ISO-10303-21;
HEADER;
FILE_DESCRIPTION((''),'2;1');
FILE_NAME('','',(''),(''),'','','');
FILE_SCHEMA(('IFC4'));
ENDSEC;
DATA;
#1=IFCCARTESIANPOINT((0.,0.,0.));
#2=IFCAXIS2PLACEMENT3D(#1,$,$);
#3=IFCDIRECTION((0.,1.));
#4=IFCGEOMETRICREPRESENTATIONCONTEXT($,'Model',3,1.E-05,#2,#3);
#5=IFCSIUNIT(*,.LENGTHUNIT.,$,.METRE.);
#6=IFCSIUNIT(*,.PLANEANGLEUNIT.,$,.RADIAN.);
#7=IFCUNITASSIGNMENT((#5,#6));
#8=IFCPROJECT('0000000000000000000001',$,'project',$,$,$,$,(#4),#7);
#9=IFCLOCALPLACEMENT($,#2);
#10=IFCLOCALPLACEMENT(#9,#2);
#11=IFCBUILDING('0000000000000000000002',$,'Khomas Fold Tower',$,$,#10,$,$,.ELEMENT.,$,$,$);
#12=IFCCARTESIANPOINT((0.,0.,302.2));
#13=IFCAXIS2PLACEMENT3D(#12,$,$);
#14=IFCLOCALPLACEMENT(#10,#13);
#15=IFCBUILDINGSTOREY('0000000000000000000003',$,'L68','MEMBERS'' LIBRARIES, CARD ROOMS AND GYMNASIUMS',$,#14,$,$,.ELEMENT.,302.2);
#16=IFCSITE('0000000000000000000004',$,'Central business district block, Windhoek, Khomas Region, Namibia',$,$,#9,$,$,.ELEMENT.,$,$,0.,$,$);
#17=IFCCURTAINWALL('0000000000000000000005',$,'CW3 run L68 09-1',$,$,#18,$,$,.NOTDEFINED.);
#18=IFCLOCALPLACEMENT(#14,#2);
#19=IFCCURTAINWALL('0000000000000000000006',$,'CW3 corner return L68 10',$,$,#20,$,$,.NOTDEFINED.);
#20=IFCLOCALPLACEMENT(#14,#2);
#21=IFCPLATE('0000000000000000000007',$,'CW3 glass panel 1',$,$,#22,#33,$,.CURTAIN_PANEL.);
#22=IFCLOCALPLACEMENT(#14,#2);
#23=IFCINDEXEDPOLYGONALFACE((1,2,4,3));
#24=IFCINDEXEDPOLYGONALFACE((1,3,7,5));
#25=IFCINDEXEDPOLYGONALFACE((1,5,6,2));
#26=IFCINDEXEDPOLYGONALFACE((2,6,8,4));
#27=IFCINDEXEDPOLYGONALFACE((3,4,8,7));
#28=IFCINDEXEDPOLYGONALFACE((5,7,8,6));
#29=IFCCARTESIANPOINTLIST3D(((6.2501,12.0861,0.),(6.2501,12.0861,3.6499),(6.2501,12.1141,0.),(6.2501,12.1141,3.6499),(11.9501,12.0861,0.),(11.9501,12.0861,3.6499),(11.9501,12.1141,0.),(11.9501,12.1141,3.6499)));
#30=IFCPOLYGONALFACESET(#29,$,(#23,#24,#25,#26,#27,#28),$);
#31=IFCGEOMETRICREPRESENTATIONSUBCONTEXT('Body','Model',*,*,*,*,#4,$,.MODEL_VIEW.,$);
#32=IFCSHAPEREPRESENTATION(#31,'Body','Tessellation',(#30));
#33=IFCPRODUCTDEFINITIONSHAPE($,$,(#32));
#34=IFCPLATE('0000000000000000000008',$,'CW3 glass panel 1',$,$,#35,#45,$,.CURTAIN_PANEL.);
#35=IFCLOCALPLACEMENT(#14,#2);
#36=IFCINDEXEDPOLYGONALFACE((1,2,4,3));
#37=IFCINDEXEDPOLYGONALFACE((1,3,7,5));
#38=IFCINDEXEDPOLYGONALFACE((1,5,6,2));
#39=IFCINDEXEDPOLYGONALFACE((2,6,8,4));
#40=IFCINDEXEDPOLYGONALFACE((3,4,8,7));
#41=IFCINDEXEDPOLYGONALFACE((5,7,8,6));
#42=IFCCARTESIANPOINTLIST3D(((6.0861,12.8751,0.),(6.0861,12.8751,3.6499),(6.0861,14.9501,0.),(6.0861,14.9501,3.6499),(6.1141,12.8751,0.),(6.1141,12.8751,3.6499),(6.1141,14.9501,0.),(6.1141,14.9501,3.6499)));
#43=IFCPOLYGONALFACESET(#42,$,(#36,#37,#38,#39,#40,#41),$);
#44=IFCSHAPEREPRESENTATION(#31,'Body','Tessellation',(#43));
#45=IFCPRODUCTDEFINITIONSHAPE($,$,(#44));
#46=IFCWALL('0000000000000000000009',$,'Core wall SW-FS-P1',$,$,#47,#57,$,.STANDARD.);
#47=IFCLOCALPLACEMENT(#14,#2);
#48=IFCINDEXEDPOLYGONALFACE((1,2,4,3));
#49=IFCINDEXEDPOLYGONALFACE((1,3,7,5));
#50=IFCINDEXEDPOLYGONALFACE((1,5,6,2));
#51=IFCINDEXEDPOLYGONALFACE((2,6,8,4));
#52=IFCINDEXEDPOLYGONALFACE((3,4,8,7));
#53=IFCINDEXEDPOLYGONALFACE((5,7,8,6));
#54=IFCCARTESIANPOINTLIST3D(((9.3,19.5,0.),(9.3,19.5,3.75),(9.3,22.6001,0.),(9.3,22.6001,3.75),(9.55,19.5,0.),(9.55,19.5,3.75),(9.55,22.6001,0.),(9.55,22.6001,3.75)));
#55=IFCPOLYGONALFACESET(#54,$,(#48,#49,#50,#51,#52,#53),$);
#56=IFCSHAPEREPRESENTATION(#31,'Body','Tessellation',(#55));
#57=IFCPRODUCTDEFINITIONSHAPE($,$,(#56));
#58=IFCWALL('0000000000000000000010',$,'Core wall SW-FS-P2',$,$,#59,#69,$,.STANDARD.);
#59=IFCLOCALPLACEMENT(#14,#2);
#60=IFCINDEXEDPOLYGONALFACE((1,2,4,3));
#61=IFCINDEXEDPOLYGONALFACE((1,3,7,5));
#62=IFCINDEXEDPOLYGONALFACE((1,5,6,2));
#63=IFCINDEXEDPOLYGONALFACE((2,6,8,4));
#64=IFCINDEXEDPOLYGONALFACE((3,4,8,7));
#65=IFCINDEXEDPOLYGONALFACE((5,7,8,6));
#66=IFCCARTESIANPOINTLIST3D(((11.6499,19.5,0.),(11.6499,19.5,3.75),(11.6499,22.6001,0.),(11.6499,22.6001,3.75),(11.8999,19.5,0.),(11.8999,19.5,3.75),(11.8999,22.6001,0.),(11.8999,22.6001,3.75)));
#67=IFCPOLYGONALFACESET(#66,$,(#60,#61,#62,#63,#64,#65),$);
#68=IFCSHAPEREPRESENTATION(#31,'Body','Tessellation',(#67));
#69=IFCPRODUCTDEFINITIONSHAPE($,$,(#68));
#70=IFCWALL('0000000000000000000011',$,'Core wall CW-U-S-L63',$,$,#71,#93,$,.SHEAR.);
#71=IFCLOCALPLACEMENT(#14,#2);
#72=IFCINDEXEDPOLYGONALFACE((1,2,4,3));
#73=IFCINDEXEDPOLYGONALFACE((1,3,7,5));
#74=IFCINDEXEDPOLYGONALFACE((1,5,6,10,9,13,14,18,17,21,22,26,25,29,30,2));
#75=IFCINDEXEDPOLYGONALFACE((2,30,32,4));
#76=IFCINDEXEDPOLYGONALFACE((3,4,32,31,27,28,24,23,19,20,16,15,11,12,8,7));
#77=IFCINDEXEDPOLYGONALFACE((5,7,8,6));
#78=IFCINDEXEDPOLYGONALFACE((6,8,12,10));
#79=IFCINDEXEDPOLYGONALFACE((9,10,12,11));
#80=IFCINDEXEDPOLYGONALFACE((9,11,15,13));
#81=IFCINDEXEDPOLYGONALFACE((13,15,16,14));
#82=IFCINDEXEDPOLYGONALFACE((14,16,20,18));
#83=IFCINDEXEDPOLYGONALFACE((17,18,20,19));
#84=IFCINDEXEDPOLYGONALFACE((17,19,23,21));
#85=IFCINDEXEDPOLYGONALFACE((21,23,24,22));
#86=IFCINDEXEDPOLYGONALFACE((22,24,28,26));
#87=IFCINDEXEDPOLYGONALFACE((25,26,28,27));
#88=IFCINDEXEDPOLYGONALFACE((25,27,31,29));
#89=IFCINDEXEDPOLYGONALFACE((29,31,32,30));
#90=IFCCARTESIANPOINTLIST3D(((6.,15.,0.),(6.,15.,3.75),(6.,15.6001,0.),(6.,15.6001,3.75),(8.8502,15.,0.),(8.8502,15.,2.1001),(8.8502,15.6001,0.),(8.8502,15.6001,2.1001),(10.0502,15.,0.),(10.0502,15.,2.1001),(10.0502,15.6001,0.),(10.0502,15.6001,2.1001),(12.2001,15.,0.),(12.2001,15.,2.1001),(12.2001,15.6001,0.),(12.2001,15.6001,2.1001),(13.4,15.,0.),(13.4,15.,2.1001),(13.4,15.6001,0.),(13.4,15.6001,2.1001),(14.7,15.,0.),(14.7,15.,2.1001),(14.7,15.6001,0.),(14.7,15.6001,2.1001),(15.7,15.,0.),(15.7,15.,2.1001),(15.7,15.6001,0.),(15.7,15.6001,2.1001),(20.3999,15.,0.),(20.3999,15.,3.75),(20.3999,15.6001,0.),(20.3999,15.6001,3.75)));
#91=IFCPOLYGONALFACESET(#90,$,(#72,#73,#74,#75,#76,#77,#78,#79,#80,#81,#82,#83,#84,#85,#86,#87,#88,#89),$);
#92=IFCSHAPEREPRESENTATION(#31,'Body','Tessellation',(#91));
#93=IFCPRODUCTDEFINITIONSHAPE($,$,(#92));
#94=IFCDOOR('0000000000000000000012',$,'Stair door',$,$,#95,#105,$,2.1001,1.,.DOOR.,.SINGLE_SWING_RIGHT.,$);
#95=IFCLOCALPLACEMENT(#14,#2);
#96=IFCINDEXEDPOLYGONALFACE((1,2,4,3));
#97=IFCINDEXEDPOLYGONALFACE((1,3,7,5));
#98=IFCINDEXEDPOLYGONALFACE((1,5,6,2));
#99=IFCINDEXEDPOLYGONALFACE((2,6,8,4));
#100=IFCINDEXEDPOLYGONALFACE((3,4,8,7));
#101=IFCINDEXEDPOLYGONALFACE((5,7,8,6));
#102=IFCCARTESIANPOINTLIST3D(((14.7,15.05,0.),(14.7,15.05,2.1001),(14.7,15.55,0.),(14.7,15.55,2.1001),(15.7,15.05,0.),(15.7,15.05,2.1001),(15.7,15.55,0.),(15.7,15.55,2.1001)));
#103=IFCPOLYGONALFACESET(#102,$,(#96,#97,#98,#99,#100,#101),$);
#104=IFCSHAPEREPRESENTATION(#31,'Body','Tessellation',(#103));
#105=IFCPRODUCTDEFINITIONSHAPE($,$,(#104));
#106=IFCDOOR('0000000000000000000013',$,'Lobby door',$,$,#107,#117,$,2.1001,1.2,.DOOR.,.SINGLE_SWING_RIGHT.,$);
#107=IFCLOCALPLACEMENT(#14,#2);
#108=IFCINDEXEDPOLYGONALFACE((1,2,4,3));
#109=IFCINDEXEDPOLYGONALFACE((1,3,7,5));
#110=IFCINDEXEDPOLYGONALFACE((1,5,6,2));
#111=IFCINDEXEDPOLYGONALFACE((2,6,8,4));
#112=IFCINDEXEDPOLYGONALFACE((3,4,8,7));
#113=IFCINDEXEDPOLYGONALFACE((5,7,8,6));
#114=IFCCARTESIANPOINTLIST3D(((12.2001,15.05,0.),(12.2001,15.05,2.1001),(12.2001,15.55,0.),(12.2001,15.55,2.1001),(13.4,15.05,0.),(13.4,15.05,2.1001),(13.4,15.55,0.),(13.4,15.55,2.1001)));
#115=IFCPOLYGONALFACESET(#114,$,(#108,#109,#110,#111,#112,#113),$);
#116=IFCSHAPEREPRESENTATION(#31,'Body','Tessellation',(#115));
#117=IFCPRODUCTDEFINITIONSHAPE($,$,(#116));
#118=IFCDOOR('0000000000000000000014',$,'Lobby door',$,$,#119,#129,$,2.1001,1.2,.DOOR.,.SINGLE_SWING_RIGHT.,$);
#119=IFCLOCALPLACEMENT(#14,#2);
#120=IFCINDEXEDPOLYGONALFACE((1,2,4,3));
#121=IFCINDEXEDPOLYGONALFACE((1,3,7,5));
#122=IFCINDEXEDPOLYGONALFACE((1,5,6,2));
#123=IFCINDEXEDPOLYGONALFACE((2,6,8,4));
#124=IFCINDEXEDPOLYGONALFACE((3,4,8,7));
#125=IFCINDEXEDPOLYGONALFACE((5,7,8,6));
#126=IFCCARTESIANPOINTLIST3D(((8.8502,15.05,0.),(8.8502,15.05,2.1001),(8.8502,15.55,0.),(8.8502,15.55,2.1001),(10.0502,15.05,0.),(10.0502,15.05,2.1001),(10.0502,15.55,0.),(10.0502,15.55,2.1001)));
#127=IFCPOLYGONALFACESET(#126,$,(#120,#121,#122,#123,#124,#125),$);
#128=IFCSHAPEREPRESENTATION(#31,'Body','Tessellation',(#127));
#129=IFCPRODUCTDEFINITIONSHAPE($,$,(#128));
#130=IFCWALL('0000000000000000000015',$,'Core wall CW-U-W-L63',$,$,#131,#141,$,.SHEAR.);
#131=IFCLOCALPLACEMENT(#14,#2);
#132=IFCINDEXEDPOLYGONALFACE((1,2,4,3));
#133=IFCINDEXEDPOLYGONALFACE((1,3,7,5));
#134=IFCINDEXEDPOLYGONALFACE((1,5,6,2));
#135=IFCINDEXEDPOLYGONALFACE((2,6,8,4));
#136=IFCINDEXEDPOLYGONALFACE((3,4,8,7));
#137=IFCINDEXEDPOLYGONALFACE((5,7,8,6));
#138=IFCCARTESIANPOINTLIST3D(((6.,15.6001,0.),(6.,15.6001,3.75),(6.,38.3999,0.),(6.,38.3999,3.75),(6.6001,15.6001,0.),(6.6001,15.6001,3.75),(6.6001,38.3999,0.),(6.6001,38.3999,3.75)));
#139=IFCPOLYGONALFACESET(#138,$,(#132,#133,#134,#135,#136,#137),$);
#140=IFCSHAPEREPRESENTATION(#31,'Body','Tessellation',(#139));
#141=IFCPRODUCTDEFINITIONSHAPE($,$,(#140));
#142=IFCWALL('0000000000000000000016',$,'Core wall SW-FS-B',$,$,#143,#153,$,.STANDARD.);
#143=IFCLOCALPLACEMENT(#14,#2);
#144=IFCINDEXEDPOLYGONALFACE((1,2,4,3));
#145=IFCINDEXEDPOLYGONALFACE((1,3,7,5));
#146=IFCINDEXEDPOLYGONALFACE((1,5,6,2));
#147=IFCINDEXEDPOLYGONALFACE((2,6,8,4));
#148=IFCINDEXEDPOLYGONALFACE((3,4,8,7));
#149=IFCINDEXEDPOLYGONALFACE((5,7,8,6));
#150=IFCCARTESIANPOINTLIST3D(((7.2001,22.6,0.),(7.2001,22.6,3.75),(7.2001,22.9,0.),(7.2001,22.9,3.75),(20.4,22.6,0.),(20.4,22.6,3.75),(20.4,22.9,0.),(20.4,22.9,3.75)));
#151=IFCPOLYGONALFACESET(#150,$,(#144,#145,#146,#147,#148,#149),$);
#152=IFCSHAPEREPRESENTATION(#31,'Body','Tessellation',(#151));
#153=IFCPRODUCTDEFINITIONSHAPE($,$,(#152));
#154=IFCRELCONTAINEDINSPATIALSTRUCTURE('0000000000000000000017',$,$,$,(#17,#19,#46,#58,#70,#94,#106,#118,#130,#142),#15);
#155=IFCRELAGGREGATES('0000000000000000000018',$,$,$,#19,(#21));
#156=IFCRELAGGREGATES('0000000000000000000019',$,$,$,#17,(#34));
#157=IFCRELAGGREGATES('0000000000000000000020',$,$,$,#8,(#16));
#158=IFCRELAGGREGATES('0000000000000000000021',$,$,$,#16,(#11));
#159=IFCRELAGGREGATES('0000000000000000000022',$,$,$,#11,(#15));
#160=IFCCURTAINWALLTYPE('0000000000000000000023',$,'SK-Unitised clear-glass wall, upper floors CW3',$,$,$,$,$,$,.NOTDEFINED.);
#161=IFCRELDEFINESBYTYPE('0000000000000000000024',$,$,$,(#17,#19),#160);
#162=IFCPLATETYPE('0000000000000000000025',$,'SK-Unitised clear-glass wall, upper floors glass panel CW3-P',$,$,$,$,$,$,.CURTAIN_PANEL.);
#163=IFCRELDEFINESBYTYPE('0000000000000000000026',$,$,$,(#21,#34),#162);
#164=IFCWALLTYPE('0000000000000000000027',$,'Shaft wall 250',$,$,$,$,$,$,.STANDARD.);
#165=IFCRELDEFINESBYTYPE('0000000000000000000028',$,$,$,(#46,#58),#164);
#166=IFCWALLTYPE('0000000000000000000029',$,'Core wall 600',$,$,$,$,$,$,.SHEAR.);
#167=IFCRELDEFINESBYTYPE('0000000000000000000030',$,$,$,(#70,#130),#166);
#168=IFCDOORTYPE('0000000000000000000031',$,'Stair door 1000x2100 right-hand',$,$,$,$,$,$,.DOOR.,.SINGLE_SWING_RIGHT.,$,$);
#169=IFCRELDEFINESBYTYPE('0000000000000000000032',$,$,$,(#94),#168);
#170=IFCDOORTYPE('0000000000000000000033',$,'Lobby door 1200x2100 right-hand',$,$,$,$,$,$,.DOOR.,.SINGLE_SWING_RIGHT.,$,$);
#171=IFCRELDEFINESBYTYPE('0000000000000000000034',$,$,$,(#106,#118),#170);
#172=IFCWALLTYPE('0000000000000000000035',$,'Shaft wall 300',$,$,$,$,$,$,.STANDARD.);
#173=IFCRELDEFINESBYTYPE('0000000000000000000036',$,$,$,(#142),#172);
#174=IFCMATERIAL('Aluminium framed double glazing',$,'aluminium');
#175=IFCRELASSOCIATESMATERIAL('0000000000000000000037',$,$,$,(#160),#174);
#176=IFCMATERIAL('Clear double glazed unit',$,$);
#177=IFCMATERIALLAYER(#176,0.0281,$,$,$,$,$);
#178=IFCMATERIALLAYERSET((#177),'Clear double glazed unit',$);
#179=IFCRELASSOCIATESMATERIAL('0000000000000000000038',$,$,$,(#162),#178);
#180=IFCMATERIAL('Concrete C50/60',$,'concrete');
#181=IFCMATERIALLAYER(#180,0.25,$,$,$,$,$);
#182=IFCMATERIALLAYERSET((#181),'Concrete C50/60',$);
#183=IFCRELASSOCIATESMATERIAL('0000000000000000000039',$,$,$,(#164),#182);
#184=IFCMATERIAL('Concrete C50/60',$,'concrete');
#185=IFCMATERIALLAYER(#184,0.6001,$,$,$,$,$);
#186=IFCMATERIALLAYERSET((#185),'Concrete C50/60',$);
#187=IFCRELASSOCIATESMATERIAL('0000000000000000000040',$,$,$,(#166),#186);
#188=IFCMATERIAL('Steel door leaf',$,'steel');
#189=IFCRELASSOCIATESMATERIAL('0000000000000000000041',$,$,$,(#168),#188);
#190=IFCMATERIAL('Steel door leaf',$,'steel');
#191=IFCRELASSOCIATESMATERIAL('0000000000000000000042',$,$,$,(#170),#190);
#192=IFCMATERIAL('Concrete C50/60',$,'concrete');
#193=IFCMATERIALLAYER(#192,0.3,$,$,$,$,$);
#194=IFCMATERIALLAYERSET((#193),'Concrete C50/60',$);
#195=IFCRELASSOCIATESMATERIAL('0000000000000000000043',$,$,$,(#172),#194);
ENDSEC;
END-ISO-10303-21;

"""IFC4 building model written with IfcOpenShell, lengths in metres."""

from ifc_helpers import new_model, si_unit, direction, frame, frame_2d, origin, origin_2d, place, context, subcontext, project, spatial, rectangle, extrude, source, transform, mapped, material, layer, layer_set, type_object, element, fill, aggregate, save


model = new_model("IFC4")

# Units and contexts
model_context = context("Model", 3, precision=1e-05, world=origin(), true_north=direction((0.0, 1.0)))
body_context = subcontext(model_context, "Body", "Model", "MODEL_VIEW")
ifc_project = project(units=[si_unit("LENGTHUNIT", "METRE"), si_unit("PLANEANGLEUNIT", "RADIAN")], contexts=[model_context])

# Site, building, storey
site_placement = place(None, origin())
site = spatial("IfcSite", under=ifc_project, at=site_placement, Name="Central business district block, Windhoek, Khomas Region, Namibia", CompositionType="ELEMENT", RefElevation=0.0)
building_placement = place(site_placement, origin())
building = spatial("IfcBuilding", under=site, at=building_placement, Name="Khomas Fold Tower", CompositionType="ELEMENT")
storey_placement = place(building_placement, frame((0.0, 0.0, 302.2)))
storey = spatial("IfcBuildingStorey", under=building, at=storey_placement, Name="L68", Description="MEMBERS' LIBRARIES, CARD ROOMS AND GYMNASIUMS", CompositionType="ELEMENT", Elevation=302.2)

# Curtain wall
ifc_material_1 = material(Name="Aluminium framed double glazing", Category="aluminium")
curtain_wall_type = type_object("IfcCurtainWallType", Name="SK-Unitised clear-glass wall, upper floors CW3", PredefinedType="NOTDEFINED", material=ifc_material_1)
curtain_wall_1_placement = place(storey_placement, origin())
curtain_wall_1 = element("IfcCurtainWall", 1, at=curtain_wall_1_placement, inside=storey, type_object=curtain_wall_type, Name="CW3 run L68 09-1", PredefinedType="NOTDEFINED")

# Curtain wall
curtain_wall_2_placement = place(storey_placement, origin())
curtain_wall_2 = element("IfcCurtainWall", 2, at=curtain_wall_2_placement, inside=storey, type_object=curtain_wall_type, Name="CW3 corner return L68 10", PredefinedType="NOTDEFINED")

# Plates
ifc_material_2 = material(Name="Clear double glazed unit")
ifc_layer_1 = layer(ifc_material_2, 0.0281)
ifc_layer_set_1 = layer_set([ifc_layer_1], Name="Clear double glazed unit")
plate_type = type_object("IfcPlateType", Name="SK-Unitised clear-glass wall, upper floors glass panel CW3-P", PredefinedType="CURTAIN_PANEL", material=ifc_layer_set_1)
shared_shape_1 = source(origin(), body_context, "Body", "SweptSolid", [
    extrude(rectangle(XDim=5.7, YDim=0.0281, at=origin_2d()), origin(), (0.0, 0.0, 1.0), 3.6499),
])
plate_1_placement = place(storey_placement, frame((9.1001, 12.1001, 0.0), z_axis=(0.0, 0.0, 1.0), x_axis=(1.0, 0.0, 0.0)))
plate_1 = element("IfcPlate", 3, at=plate_1_placement, type_object=plate_type, Name="CW3 glass panel 1", PredefinedType="CURTAIN_PANEL", context=body_context, shape_type="MappedRepresentation", body=[
    mapped(shared_shape_1, transform((0.0, 0.0, 0.0))),
])
aggregate(curtain_wall_2, [plate_1])
shared_shape_2 = source(origin(), body_context, "Body", "SweptSolid", [
    extrude(rectangle(XDim=2.075, YDim=0.0281, at=origin_2d()), origin(), (0.0, 0.0, 1.0), 3.6499),
])
plate_2_placement = place(storey_placement, frame((6.1001, 13.9126, 0.0), z_axis=(0.0, 0.0, 1.0), x_axis=(0.0, -1.0, 0.0)))
plate_2 = element("IfcPlate", 4, at=plate_2_placement, type_object=plate_type, Name="CW3 glass panel 1", PredefinedType="CURTAIN_PANEL", context=body_context, shape_type="MappedRepresentation", body=[
    mapped(shared_shape_2, transform((0.0, 0.0, 0.0))),
])
aggregate(curtain_wall_1, [plate_2])

# Walls
ifc_material_3 = material(Name="Concrete C50/60", Category="concrete")
ifc_layer_2 = layer(ifc_material_3, 0.25)
ifc_layer_set_2 = layer_set([ifc_layer_2], Name="Concrete C50/60")
wall_type_1 = type_object("IfcWallType", Name="Shaft wall 250", PredefinedType="STANDARD", material=ifc_layer_set_2)
shared_shape_3 = source(origin(), body_context, "Body", "SweptSolid", [
    extrude(rectangle(XDim=3.1001, YDim=0.25, at=frame_2d((1.55, 0.0))), origin(), (0.0, 0.0, 1.0), 3.75),
])
for number, where, z_axis, x_axis, name in (
    (5, (9.425, 19.5, 0.0), (0.0, 0.0, 1.0), (0.0, 1.0, 0.0), "Core wall SW-FS-P1"),
    (6, (11.7749, 19.5, 0.0), (0.0, 0.0, 1.0), (0.0, 1.0, 0.0), "Core wall SW-FS-P2"),
):
    element("IfcWall", number, at=place(storey_placement, frame(where, z_axis=z_axis, x_axis=x_axis)), inside=storey, type_object=wall_type_1, Name=name, PredefinedType="STANDARD", context=body_context, shape_type="MappedRepresentation", body=[
        mapped(shared_shape_3, transform((0.0, 0.0, 0.0))),
    ])

# Wall, openings, doors
ifc_material_4 = material(Name="Concrete C50/60", Category="concrete")
ifc_layer_3 = layer(ifc_material_4, 0.6001)
ifc_layer_set_3 = layer_set([ifc_layer_3], Name="Concrete C50/60")
wall_type_2 = type_object("IfcWallType", Name="Core wall 600", PredefinedType="SHEAR", material=ifc_layer_set_3)
shared_shape_4 = source(origin(), body_context, "Body", "SweptSolid", [
    extrude(rectangle(XDim=14.3999, YDim=0.6001, at=frame_2d((7.2, 0.0))), origin(), (0.0, 0.0, 1.0), 3.75),
])
wall_1_placement = place(storey_placement, frame((6.0, 15.3, 0.0), z_axis=(0.0, 0.0, 1.0), x_axis=(1.0, 0.0, 0.0)))
wall_1 = element("IfcWall", 7, at=wall_1_placement, inside=storey, type_object=wall_type_2, Name="Core wall CW-U-S-L63", PredefinedType="SHEAR", context=body_context, shape_type="MappedRepresentation", body=[
    mapped(shared_shape_4, transform((0.0, 0.0, 0.0))),
])
shared_shape_5 = source(origin(), body_context, "Body", "SweptSolid", [
    extrude(rectangle(XDim=1.2, YDim=2.1001, at=frame_2d((0.6001, 1.05))), frame((0.0, 0.3101, 0.0), z_axis=(0.0, -1.0, 0.0), x_axis=(1.0, 0.0, 0.0)), (0.0, 0.0, 1.0), 0.6201),
])
opening_1_placement = place(wall_1_placement, frame((6.2, 0.0, 0.0)))
opening_1 = element("IfcOpeningElement", 8, at=opening_1_placement, cuts=wall_1, PredefinedType="OPENING", context=body_context, shape_type="MappedRepresentation", body=[
    mapped(shared_shape_5, transform((0.0, 0.0, 0.0))),
])
opening_2_placement = place(wall_1_placement, frame((2.8501, 0.0, 0.0)))
opening_2 = element("IfcOpeningElement", 9, at=opening_2_placement, cuts=wall_1, PredefinedType="OPENING", context=body_context, shape_type="MappedRepresentation", body=[
    mapped(shared_shape_5, transform((0.0, 0.0, 0.0))),
])
shared_shape_6 = source(origin(), body_context, "Body", "SweptSolid", [
    extrude(rectangle(XDim=1.0, YDim=2.1001, at=frame_2d((0.5, 1.05))), frame((0.0, 0.3101, 0.0), z_axis=(0.0, -1.0, 0.0), x_axis=(1.0, 0.0, 0.0)), (0.0, 0.0, 1.0), 0.6201),
])
opening_3_placement = place(wall_1_placement, frame((8.7, 0.0, 0.0)))
opening_3 = element("IfcOpeningElement", 10, at=opening_3_placement, cuts=wall_1, PredefinedType="OPENING", context=body_context, shape_type="MappedRepresentation", body=[
    mapped(shared_shape_6, transform((0.0, 0.0, 0.0))),
])
ifc_material_5 = material(Name="Steel door leaf", Category="steel")
door_type_1 = type_object("IfcDoorType", Name="Stair door 1000x2100 right-hand", OperationType="SINGLE_SWING_RIGHT", PredefinedType="DOOR", material=ifc_material_5)
shared_shape_7 = source(origin(), body_context, "Body", "SweptSolid", [
    extrude(rectangle(XDim=1.0, YDim=2.1001, at=frame_2d((0.5, 1.05))), frame((0.0, 0.25, 0.0), z_axis=(0.0, -1.0, 0.0), x_axis=(1.0, 0.0, 0.0)), (0.0, 0.0, 1.0), 0.5),
])
door_1_placement = place(opening_3_placement, origin())
door_1 = element("IfcDoor", 11, at=door_1_placement, inside=storey, type_object=door_type_1, Name="Stair door", OperationType="SINGLE_SWING_RIGHT", OverallHeight=2.1001, OverallWidth=1.0, PredefinedType="DOOR", context=body_context, shape_type="MappedRepresentation", body=[
    mapped(shared_shape_7, transform((0.0, 0.0, 0.0))),
])
fill(opening_3, door_1)
ifc_material_6 = material(Name="Steel door leaf", Category="steel")
door_type_2 = type_object("IfcDoorType", Name="Lobby door 1200x2100 right-hand", OperationType="SINGLE_SWING_RIGHT", PredefinedType="DOOR", material=ifc_material_6)
shared_shape_8 = source(origin(), body_context, "Body", "SweptSolid", [
    extrude(rectangle(XDim=1.2, YDim=2.1001, at=frame_2d((0.6001, 1.05))), frame((0.0, 0.25, 0.0), z_axis=(0.0, -1.0, 0.0), x_axis=(1.0, 0.0, 0.0)), (0.0, 0.0, 1.0), 0.5),
])
door_2_placement = place(opening_1_placement, origin())
door_2 = element("IfcDoor", 12, at=door_2_placement, inside=storey, type_object=door_type_2, Name="Lobby door", OperationType="SINGLE_SWING_RIGHT", OverallHeight=2.1001, OverallWidth=1.2, PredefinedType="DOOR", context=body_context, shape_type="MappedRepresentation", body=[
    mapped(shared_shape_8, transform((0.0, 0.0, 0.0))),
])
fill(opening_1, door_2)
door_3_placement = place(opening_2_placement, origin())
door_3 = element("IfcDoor", 13, at=door_3_placement, inside=storey, type_object=door_type_2, Name="Lobby door", OperationType="SINGLE_SWING_RIGHT", OverallHeight=2.1001, OverallWidth=1.2, PredefinedType="DOOR", context=body_context, shape_type="MappedRepresentation", body=[
    mapped(shared_shape_8, transform((0.0, 0.0, 0.0))),
])
fill(opening_2, door_3)

# Walls
shared_shape_9 = source(origin(), body_context, "Body", "SweptSolid", [
    extrude(rectangle(XDim=22.7998, YDim=0.6001, at=frame_2d((11.3999, 0.0))), origin(), (0.0, 0.0, 1.0), 3.75),
])
wall_2_placement = place(storey_placement, frame((6.3, 15.6001, 0.0), z_axis=(0.0, 0.0, 1.0), x_axis=(0.0, 1.0, 0.0)))
element("IfcWall", 14, at=wall_2_placement, inside=storey, type_object=wall_type_2, Name="Core wall CW-U-W-L63", PredefinedType="SHEAR", context=body_context, shape_type="MappedRepresentation", body=[
    mapped(shared_shape_9, transform((0.0, 0.0, 0.0))),
])
ifc_material_7 = material(Name="Concrete C50/60", Category="concrete")
ifc_layer_4 = layer(ifc_material_7, 0.3)
ifc_layer_set_4 = layer_set([ifc_layer_4], Name="Concrete C50/60")
wall_type_3 = type_object("IfcWallType", Name="Shaft wall 300", PredefinedType="STANDARD", material=ifc_layer_set_4)
shared_shape_10 = source(origin(), body_context, "Body", "SweptSolid", [
    extrude(rectangle(XDim=13.2, YDim=0.3, at=frame_2d((6.6001, 0.0))), origin(), (0.0, 0.0, 1.0), 3.75),
])
wall_3_placement = place(storey_placement, frame((7.2, 22.75, 0.0), z_axis=(0.0, 0.0, 1.0), x_axis=(1.0, 0.0, 0.0)))
element("IfcWall", 15, at=wall_3_placement, inside=storey, type_object=wall_type_3, Name="Core wall SW-FS-B", PredefinedType="STANDARD", context=body_context, shape_type="MappedRepresentation", body=[
    mapped(shared_shape_10, transform((0.0, 0.0, 0.0))),
])

save(model, "model.ifc")
